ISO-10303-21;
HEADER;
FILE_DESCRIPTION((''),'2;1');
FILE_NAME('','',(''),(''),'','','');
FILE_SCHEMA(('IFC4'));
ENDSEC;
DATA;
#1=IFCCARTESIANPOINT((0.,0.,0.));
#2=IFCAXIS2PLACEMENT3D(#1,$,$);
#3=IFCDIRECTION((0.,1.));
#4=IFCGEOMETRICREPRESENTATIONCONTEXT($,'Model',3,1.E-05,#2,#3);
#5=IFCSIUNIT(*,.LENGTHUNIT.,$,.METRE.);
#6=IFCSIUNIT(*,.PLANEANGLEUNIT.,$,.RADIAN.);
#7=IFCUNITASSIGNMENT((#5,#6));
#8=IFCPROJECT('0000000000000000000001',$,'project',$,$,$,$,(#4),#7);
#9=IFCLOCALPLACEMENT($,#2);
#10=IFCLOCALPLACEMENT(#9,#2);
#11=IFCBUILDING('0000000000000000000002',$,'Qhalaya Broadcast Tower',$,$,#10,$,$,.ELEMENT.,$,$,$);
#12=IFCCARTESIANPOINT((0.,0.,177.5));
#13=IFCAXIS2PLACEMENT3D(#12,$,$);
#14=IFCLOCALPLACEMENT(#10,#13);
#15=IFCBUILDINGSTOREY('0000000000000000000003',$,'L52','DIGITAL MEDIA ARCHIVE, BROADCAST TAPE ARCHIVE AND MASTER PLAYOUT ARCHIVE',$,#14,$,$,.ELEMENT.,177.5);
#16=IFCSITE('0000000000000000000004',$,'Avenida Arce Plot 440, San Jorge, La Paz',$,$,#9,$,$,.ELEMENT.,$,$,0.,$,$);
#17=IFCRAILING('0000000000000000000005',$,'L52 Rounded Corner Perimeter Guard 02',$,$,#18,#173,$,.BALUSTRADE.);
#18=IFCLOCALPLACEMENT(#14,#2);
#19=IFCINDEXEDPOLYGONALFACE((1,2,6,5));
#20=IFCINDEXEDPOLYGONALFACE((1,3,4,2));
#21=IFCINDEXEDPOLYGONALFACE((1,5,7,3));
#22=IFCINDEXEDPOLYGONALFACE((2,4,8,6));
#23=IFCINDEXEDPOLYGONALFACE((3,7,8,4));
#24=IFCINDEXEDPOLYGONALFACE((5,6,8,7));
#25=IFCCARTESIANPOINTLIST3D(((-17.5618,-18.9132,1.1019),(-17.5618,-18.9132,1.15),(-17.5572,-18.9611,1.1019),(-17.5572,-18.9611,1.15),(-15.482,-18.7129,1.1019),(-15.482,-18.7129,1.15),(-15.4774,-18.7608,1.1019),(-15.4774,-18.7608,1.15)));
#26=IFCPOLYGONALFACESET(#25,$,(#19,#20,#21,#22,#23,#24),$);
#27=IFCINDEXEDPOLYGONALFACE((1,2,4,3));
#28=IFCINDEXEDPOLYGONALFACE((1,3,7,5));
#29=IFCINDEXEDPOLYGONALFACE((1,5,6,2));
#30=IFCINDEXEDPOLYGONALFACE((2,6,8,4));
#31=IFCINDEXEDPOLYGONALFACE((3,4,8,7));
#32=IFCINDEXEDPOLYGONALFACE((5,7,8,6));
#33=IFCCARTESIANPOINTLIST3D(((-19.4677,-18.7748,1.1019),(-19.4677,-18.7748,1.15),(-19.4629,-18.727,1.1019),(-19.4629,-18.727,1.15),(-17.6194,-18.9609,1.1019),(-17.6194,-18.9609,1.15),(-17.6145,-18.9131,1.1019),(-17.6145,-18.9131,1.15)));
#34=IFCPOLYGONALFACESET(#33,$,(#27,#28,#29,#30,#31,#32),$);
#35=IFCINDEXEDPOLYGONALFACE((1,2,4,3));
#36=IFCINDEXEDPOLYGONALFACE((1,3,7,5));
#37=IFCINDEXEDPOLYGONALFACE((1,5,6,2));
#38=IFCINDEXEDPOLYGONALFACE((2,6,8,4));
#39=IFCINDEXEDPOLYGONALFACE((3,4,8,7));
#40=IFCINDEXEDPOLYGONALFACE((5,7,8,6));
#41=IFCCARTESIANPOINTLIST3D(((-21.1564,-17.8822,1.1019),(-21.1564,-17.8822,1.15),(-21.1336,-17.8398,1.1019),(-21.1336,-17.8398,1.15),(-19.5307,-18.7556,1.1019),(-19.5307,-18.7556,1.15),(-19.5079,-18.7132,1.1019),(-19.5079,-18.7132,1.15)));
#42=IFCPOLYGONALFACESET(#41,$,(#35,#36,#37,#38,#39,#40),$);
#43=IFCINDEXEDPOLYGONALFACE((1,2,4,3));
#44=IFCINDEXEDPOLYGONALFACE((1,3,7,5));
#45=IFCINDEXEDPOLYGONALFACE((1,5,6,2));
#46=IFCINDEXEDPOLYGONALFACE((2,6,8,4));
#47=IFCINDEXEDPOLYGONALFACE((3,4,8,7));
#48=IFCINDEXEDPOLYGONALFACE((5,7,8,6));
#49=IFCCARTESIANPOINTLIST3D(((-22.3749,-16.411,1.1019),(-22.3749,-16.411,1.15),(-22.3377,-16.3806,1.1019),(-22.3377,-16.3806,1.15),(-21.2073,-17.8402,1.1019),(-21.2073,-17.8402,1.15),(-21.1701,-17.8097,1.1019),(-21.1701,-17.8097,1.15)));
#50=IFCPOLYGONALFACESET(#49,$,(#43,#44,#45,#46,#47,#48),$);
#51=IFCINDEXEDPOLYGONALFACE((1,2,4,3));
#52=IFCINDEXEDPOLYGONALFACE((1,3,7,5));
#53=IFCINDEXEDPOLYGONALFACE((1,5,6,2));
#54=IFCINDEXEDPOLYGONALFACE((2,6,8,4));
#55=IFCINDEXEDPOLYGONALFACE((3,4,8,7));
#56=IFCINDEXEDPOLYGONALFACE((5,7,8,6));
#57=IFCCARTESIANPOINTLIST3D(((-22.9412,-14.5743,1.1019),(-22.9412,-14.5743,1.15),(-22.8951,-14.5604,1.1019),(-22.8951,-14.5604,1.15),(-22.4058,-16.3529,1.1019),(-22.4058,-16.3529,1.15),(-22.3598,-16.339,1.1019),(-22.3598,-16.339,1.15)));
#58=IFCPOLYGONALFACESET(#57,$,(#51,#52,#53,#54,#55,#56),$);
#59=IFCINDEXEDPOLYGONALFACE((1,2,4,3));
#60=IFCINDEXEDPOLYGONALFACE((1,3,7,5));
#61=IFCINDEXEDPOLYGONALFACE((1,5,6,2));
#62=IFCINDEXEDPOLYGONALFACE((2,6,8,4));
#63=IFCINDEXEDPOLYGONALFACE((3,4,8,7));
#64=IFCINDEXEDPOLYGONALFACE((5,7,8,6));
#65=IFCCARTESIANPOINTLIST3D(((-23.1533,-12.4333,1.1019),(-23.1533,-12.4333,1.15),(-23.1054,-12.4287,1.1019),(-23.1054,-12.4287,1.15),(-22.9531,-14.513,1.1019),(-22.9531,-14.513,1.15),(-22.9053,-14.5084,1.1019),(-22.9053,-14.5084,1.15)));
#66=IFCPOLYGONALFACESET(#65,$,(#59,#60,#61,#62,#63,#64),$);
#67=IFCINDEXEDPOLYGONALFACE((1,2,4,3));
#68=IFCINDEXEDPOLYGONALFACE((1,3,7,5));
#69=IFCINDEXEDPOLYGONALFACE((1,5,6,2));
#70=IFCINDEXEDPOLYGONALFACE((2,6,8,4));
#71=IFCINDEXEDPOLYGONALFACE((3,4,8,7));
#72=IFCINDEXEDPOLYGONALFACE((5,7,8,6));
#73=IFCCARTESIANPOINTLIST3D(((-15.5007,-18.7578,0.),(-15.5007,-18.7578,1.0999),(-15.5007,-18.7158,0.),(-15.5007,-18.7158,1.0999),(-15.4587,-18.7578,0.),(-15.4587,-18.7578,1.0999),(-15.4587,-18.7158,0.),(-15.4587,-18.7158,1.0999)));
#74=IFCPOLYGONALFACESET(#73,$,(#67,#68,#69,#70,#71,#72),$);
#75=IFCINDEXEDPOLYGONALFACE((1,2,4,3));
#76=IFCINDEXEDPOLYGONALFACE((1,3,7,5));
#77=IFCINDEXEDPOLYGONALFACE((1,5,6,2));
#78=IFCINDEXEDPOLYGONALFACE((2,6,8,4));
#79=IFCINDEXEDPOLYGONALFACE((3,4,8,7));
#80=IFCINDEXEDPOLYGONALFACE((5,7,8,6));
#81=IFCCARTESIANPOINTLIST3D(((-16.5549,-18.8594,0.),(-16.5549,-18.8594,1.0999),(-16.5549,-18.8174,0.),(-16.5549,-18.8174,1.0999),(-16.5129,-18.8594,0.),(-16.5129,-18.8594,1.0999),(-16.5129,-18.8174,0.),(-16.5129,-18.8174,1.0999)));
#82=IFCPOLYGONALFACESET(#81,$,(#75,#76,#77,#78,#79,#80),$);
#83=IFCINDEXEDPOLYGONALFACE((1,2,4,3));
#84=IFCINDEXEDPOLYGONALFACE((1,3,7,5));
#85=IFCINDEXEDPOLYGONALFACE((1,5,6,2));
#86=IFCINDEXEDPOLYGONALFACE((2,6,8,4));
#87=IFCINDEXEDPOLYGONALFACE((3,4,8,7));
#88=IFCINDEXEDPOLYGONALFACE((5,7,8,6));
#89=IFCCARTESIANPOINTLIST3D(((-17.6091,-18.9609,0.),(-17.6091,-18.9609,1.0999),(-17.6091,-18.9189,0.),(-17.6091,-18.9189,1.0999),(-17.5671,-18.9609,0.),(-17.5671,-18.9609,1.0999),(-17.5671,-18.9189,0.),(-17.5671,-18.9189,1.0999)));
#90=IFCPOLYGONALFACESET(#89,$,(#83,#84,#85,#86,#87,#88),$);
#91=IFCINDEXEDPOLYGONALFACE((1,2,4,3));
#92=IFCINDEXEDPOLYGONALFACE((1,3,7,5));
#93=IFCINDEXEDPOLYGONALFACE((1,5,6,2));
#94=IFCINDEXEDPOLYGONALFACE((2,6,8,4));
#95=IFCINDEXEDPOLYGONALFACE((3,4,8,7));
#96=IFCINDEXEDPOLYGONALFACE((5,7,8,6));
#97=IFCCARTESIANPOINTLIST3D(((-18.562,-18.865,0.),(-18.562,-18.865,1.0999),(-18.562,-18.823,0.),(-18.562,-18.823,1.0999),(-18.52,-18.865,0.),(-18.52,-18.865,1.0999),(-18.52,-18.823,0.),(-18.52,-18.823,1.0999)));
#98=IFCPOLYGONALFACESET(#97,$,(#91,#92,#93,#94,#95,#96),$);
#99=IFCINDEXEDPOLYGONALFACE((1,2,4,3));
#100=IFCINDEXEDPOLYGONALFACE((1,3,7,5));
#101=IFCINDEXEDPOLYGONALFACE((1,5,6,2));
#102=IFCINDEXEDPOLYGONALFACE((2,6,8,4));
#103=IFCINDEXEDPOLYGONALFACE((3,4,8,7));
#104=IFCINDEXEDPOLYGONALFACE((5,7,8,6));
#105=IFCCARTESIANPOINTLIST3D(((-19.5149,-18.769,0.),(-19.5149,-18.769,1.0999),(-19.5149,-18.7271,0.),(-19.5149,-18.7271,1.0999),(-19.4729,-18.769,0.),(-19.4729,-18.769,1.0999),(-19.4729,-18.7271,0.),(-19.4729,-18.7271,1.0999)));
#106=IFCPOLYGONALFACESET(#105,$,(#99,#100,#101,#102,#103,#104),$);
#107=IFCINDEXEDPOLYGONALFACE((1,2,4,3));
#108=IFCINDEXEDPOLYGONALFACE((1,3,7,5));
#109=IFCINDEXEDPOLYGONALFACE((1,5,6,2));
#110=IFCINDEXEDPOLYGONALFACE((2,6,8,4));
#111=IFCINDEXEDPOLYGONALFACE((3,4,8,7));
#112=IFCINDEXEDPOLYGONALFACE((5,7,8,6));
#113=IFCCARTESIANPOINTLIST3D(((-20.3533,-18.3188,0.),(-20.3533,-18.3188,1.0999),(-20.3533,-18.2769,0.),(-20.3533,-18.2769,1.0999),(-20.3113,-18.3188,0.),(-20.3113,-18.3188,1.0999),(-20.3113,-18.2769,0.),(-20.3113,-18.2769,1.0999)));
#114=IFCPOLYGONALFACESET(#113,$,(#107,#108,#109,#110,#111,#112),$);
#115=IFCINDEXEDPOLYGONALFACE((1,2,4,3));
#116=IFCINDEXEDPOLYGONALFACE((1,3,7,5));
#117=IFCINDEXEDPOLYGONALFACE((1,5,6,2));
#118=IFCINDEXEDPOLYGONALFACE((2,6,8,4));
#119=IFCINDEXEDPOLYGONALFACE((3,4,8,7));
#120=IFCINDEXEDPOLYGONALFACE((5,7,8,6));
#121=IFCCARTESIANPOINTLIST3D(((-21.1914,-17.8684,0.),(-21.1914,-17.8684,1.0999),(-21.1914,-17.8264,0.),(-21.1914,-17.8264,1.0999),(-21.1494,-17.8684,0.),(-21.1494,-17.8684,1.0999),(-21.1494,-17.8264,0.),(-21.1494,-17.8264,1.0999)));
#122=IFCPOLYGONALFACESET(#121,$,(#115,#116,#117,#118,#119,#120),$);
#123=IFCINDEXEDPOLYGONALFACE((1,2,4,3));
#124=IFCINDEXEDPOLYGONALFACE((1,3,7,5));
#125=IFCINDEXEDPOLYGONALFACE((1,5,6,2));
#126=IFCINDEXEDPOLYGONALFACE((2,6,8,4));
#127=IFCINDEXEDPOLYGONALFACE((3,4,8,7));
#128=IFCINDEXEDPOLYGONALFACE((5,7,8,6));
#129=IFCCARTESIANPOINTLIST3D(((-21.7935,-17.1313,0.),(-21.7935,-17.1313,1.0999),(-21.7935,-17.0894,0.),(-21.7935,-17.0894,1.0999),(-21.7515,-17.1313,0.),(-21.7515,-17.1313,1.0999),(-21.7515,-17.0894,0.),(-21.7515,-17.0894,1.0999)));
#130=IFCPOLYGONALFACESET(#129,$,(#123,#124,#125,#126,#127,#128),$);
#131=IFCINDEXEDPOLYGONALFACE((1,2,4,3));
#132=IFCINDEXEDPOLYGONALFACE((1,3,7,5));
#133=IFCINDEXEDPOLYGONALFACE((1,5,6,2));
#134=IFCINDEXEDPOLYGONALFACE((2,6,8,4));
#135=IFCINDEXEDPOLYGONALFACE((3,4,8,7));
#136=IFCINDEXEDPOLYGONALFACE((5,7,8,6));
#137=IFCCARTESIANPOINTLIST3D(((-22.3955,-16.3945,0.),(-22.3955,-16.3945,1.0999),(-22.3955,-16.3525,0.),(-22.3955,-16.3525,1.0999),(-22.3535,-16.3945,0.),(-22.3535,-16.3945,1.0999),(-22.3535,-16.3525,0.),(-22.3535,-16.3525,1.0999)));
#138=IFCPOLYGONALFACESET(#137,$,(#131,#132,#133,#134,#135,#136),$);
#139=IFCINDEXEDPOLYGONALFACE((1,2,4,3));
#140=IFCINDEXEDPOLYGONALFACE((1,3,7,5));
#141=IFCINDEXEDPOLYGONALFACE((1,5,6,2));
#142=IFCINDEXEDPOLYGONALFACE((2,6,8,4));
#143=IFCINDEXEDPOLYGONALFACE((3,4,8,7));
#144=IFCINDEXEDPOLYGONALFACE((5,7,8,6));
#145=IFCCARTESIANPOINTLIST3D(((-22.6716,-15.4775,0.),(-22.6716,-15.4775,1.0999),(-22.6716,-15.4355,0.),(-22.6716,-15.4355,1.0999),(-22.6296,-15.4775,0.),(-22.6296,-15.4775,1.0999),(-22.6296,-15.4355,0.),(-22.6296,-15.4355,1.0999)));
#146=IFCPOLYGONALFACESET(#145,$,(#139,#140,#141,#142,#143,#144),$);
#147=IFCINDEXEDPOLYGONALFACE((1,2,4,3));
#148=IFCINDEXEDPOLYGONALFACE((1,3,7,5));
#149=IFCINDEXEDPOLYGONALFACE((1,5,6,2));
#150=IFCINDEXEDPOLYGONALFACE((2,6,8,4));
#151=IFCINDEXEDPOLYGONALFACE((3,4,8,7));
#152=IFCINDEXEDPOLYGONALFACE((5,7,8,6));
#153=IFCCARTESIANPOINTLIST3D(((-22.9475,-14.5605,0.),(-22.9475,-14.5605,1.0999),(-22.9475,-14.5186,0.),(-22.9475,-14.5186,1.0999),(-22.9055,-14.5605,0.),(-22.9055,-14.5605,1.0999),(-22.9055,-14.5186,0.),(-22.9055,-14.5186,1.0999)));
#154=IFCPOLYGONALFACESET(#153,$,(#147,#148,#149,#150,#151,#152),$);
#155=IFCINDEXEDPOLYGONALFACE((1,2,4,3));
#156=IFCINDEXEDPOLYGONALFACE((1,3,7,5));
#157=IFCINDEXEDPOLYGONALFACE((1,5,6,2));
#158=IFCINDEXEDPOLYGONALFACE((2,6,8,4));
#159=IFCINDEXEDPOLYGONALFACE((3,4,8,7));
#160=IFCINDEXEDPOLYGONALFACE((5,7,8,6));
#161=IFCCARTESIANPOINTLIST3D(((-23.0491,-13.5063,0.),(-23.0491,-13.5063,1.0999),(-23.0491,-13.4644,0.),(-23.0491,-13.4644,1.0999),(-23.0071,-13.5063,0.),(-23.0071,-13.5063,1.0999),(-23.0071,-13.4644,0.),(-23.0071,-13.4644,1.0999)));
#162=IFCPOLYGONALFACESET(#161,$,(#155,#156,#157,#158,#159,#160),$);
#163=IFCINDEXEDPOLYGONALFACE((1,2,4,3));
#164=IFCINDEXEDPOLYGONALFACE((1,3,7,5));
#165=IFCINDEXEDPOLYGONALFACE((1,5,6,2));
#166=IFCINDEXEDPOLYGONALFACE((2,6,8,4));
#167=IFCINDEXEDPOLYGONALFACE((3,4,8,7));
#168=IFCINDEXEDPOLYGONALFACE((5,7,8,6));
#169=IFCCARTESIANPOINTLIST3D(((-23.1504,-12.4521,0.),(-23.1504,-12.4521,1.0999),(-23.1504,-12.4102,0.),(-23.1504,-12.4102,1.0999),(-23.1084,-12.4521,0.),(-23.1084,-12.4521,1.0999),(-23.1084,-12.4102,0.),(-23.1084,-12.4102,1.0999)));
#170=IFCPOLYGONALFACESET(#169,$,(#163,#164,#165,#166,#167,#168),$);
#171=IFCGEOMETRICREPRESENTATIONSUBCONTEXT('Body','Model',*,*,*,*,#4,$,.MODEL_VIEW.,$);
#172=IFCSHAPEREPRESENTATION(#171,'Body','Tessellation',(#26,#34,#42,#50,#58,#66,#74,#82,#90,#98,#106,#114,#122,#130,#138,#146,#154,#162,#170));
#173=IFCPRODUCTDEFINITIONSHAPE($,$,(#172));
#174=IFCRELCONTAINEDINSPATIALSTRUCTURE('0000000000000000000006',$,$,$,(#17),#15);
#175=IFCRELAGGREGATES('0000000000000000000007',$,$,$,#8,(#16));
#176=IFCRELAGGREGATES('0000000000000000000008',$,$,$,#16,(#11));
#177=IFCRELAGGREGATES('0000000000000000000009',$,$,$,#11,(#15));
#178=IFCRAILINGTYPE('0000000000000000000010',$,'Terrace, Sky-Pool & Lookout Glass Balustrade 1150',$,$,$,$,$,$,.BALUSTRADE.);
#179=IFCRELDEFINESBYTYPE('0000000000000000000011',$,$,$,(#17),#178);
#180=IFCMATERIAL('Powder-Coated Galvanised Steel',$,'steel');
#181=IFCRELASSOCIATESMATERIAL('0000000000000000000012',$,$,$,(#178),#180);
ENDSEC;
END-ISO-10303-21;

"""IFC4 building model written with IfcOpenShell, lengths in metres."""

from ifc_helpers import new_model, si_unit, direction, frame, origin, origin_2d, place, context, subcontext, project, spatial, rectangle, extrude, material, type_object, element, save


model = new_model("IFC4")

# Units and contexts
model_context = context("Model", 3, precision=1e-05, world=origin(), true_north=direction((0.0, 1.0)))
body_context = subcontext(model_context, "Body", "Model", "MODEL_VIEW")
ifc_project = project(units=[si_unit("LENGTHUNIT", "METRE"), si_unit("PLANEANGLEUNIT", "RADIAN")], contexts=[model_context])

# Site, building, storey
site_placement = place(None, origin())
site = spatial("IfcSite", under=ifc_project, at=site_placement, Name="Avenida Arce Plot 440, San Jorge, La Paz", CompositionType="ELEMENT", RefElevation=0.0)
building_placement = place(site_placement, origin())
building = spatial("IfcBuilding", under=site, at=building_placement, Name="Qhalaya Broadcast Tower", CompositionType="ELEMENT")
storey_placement = place(building_placement, frame((0.0, 0.0, 177.5)))
storey = spatial("IfcBuildingStorey", under=building, at=storey_placement, Name="L52", Description="DIGITAL MEDIA ARCHIVE, BROADCAST TAPE ARCHIVE AND MASTER PLAYOUT ARCHIVE", CompositionType="ELEMENT", Elevation=177.5)

# Railing
ifc_material_1 = material(Name="Powder-Coated Galvanised Steel", Category="steel")
railing_type = type_object("IfcRailingType", Name="Terrace, Sky-Pool & Lookout Glass Balustrade 1150", PredefinedType="BALUSTRADE", material=ifc_material_1)
railing_placement = place(storey_placement, frame((-15.4797, -18.7368, 0.0)))
element("IfcRailing", 1, at=railing_placement, inside=storey, type_object=railing_type, Name="L52 Rounded Corner Perimeter Guard 02", PredefinedType="BALUSTRADE", context=body_context, shape_type="SweptSolid", body=[
    extrude(rectangle(XDim=0.0481, YDim=0.0481, at=origin_2d()), frame((0.0, 0.0, 1.126), z_axis=(-0.995391, -0.095897, 0.0), x_axis=(0.095897, -0.995391, 0.0)), (0.0, 0.0, 1.0), 2.0894),
    extrude(rectangle(XDim=0.0481, YDim=0.0481, at=origin_2d()), frame((-2.1372, -0.2002, 1.126), z_axis=(-0.994969, 0.100185, 0.0), x_axis=(-0.100185, -0.994969, 0.0)), (0.0, 0.0, 1.0), 1.8577),
    extrude(rectangle(XDim=0.0481, YDim=0.0481, at=origin_2d()), frame((-4.0396, 0.0024, 1.126), z_axis=(-0.880932, 0.473243, 0.0), x_axis=(-0.473243, -0.880932, 0.0)), (0.0, 0.0, 1.0), 1.8455),
    extrude(rectangle(XDim=0.0481, YDim=0.0481, at=origin_2d()), frame((-5.709, 0.9119, 1.126), z_axis=(-0.632672, 0.77442, 0.0), x_axis=(-0.77442, -0.632672, 0.0)), (0.0, 0.0, 1.0), 1.8455),
    extrude(rectangle(XDim=0.0481, YDim=0.0481, at=origin_2d()), frame((-6.9031, 2.3909, 1.126), z_axis=(-0.288213, 0.957566, 0.0), x_axis=(-0.957566, -0.288213, 0.0)), (0.0, 0.0, 1.0), 1.8574),
    extrude(rectangle(XDim=0.0481, YDim=0.0481, at=origin_2d()), frame((-7.4495, 4.2261, 1.126), z_axis=(-0.095783, 0.995402, 0.0), x_axis=(-0.995402, -0.095783, 0.0)), (0.0, 0.0, 1.0), 2.0894),
    extrude(rectangle(XDim=0.042, YDim=0.042, at=origin_2d()), origin(), (0.0, 0.0, 1.0), 1.0999),
    extrude(rectangle(XDim=0.042, YDim=0.042, at=origin_2d()), frame((-1.0542, -0.1016, 0.0)), (0.0, 0.0, 1.0), 1.0999),
    extrude(rectangle(XDim=0.042, YDim=0.042, at=origin_2d()), frame((-2.1084, -0.2031, 0.0)), (0.0, 0.0, 1.0), 1.0999),
    extrude(rectangle(XDim=0.042, YDim=0.042, at=origin_2d()), frame((-3.0613, -0.1072, 0.0)), (0.0, 0.0, 1.0), 1.0999),
    extrude(rectangle(XDim=0.042, YDim=0.042, at=origin_2d()), frame((-4.0142, -0.0112, 0.0)), (0.0, 0.0, 1.0), 1.0999),
    extrude(rectangle(XDim=0.042, YDim=0.042, at=origin_2d()), frame((-4.8525, 0.439, 0.0)), (0.0, 0.0, 1.0), 1.0999),
    extrude(rectangle(XDim=0.042, YDim=0.042, at=origin_2d()), frame((-5.6907, 0.8894, 0.0)), (0.0, 0.0, 1.0), 1.0999),
    extrude(rectangle(XDim=0.042, YDim=0.042, at=origin_2d()), frame((-6.2927, 1.6265, 0.0)), (0.0, 0.0, 1.0), 1.0999),
    extrude(rectangle(XDim=0.042, YDim=0.042, at=origin_2d()), frame((-6.8948, 2.3633, 0.0)), (0.0, 0.0, 1.0), 1.0999),
    extrude(rectangle(XDim=0.042, YDim=0.042, at=origin_2d()), frame((-7.1709, 3.2803, 0.0)), (0.0, 0.0, 1.0), 1.0999),
    extrude(rectangle(XDim=0.042, YDim=0.042, at=origin_2d()), frame((-7.4468, 4.1973, 0.0)), (0.0, 0.0, 1.0), 1.0999),
    extrude(rectangle(XDim=0.042, YDim=0.042, at=origin_2d()), frame((-7.5483, 5.2515, 0.0)), (0.0, 0.0, 1.0), 1.0999),
    extrude(rectangle(XDim=0.042, YDim=0.042, at=origin_2d()), frame((-7.6497, 6.3057, 0.0)), (0.0, 0.0, 1.0), 1.0999),
])

save(model, "model.ifc")
